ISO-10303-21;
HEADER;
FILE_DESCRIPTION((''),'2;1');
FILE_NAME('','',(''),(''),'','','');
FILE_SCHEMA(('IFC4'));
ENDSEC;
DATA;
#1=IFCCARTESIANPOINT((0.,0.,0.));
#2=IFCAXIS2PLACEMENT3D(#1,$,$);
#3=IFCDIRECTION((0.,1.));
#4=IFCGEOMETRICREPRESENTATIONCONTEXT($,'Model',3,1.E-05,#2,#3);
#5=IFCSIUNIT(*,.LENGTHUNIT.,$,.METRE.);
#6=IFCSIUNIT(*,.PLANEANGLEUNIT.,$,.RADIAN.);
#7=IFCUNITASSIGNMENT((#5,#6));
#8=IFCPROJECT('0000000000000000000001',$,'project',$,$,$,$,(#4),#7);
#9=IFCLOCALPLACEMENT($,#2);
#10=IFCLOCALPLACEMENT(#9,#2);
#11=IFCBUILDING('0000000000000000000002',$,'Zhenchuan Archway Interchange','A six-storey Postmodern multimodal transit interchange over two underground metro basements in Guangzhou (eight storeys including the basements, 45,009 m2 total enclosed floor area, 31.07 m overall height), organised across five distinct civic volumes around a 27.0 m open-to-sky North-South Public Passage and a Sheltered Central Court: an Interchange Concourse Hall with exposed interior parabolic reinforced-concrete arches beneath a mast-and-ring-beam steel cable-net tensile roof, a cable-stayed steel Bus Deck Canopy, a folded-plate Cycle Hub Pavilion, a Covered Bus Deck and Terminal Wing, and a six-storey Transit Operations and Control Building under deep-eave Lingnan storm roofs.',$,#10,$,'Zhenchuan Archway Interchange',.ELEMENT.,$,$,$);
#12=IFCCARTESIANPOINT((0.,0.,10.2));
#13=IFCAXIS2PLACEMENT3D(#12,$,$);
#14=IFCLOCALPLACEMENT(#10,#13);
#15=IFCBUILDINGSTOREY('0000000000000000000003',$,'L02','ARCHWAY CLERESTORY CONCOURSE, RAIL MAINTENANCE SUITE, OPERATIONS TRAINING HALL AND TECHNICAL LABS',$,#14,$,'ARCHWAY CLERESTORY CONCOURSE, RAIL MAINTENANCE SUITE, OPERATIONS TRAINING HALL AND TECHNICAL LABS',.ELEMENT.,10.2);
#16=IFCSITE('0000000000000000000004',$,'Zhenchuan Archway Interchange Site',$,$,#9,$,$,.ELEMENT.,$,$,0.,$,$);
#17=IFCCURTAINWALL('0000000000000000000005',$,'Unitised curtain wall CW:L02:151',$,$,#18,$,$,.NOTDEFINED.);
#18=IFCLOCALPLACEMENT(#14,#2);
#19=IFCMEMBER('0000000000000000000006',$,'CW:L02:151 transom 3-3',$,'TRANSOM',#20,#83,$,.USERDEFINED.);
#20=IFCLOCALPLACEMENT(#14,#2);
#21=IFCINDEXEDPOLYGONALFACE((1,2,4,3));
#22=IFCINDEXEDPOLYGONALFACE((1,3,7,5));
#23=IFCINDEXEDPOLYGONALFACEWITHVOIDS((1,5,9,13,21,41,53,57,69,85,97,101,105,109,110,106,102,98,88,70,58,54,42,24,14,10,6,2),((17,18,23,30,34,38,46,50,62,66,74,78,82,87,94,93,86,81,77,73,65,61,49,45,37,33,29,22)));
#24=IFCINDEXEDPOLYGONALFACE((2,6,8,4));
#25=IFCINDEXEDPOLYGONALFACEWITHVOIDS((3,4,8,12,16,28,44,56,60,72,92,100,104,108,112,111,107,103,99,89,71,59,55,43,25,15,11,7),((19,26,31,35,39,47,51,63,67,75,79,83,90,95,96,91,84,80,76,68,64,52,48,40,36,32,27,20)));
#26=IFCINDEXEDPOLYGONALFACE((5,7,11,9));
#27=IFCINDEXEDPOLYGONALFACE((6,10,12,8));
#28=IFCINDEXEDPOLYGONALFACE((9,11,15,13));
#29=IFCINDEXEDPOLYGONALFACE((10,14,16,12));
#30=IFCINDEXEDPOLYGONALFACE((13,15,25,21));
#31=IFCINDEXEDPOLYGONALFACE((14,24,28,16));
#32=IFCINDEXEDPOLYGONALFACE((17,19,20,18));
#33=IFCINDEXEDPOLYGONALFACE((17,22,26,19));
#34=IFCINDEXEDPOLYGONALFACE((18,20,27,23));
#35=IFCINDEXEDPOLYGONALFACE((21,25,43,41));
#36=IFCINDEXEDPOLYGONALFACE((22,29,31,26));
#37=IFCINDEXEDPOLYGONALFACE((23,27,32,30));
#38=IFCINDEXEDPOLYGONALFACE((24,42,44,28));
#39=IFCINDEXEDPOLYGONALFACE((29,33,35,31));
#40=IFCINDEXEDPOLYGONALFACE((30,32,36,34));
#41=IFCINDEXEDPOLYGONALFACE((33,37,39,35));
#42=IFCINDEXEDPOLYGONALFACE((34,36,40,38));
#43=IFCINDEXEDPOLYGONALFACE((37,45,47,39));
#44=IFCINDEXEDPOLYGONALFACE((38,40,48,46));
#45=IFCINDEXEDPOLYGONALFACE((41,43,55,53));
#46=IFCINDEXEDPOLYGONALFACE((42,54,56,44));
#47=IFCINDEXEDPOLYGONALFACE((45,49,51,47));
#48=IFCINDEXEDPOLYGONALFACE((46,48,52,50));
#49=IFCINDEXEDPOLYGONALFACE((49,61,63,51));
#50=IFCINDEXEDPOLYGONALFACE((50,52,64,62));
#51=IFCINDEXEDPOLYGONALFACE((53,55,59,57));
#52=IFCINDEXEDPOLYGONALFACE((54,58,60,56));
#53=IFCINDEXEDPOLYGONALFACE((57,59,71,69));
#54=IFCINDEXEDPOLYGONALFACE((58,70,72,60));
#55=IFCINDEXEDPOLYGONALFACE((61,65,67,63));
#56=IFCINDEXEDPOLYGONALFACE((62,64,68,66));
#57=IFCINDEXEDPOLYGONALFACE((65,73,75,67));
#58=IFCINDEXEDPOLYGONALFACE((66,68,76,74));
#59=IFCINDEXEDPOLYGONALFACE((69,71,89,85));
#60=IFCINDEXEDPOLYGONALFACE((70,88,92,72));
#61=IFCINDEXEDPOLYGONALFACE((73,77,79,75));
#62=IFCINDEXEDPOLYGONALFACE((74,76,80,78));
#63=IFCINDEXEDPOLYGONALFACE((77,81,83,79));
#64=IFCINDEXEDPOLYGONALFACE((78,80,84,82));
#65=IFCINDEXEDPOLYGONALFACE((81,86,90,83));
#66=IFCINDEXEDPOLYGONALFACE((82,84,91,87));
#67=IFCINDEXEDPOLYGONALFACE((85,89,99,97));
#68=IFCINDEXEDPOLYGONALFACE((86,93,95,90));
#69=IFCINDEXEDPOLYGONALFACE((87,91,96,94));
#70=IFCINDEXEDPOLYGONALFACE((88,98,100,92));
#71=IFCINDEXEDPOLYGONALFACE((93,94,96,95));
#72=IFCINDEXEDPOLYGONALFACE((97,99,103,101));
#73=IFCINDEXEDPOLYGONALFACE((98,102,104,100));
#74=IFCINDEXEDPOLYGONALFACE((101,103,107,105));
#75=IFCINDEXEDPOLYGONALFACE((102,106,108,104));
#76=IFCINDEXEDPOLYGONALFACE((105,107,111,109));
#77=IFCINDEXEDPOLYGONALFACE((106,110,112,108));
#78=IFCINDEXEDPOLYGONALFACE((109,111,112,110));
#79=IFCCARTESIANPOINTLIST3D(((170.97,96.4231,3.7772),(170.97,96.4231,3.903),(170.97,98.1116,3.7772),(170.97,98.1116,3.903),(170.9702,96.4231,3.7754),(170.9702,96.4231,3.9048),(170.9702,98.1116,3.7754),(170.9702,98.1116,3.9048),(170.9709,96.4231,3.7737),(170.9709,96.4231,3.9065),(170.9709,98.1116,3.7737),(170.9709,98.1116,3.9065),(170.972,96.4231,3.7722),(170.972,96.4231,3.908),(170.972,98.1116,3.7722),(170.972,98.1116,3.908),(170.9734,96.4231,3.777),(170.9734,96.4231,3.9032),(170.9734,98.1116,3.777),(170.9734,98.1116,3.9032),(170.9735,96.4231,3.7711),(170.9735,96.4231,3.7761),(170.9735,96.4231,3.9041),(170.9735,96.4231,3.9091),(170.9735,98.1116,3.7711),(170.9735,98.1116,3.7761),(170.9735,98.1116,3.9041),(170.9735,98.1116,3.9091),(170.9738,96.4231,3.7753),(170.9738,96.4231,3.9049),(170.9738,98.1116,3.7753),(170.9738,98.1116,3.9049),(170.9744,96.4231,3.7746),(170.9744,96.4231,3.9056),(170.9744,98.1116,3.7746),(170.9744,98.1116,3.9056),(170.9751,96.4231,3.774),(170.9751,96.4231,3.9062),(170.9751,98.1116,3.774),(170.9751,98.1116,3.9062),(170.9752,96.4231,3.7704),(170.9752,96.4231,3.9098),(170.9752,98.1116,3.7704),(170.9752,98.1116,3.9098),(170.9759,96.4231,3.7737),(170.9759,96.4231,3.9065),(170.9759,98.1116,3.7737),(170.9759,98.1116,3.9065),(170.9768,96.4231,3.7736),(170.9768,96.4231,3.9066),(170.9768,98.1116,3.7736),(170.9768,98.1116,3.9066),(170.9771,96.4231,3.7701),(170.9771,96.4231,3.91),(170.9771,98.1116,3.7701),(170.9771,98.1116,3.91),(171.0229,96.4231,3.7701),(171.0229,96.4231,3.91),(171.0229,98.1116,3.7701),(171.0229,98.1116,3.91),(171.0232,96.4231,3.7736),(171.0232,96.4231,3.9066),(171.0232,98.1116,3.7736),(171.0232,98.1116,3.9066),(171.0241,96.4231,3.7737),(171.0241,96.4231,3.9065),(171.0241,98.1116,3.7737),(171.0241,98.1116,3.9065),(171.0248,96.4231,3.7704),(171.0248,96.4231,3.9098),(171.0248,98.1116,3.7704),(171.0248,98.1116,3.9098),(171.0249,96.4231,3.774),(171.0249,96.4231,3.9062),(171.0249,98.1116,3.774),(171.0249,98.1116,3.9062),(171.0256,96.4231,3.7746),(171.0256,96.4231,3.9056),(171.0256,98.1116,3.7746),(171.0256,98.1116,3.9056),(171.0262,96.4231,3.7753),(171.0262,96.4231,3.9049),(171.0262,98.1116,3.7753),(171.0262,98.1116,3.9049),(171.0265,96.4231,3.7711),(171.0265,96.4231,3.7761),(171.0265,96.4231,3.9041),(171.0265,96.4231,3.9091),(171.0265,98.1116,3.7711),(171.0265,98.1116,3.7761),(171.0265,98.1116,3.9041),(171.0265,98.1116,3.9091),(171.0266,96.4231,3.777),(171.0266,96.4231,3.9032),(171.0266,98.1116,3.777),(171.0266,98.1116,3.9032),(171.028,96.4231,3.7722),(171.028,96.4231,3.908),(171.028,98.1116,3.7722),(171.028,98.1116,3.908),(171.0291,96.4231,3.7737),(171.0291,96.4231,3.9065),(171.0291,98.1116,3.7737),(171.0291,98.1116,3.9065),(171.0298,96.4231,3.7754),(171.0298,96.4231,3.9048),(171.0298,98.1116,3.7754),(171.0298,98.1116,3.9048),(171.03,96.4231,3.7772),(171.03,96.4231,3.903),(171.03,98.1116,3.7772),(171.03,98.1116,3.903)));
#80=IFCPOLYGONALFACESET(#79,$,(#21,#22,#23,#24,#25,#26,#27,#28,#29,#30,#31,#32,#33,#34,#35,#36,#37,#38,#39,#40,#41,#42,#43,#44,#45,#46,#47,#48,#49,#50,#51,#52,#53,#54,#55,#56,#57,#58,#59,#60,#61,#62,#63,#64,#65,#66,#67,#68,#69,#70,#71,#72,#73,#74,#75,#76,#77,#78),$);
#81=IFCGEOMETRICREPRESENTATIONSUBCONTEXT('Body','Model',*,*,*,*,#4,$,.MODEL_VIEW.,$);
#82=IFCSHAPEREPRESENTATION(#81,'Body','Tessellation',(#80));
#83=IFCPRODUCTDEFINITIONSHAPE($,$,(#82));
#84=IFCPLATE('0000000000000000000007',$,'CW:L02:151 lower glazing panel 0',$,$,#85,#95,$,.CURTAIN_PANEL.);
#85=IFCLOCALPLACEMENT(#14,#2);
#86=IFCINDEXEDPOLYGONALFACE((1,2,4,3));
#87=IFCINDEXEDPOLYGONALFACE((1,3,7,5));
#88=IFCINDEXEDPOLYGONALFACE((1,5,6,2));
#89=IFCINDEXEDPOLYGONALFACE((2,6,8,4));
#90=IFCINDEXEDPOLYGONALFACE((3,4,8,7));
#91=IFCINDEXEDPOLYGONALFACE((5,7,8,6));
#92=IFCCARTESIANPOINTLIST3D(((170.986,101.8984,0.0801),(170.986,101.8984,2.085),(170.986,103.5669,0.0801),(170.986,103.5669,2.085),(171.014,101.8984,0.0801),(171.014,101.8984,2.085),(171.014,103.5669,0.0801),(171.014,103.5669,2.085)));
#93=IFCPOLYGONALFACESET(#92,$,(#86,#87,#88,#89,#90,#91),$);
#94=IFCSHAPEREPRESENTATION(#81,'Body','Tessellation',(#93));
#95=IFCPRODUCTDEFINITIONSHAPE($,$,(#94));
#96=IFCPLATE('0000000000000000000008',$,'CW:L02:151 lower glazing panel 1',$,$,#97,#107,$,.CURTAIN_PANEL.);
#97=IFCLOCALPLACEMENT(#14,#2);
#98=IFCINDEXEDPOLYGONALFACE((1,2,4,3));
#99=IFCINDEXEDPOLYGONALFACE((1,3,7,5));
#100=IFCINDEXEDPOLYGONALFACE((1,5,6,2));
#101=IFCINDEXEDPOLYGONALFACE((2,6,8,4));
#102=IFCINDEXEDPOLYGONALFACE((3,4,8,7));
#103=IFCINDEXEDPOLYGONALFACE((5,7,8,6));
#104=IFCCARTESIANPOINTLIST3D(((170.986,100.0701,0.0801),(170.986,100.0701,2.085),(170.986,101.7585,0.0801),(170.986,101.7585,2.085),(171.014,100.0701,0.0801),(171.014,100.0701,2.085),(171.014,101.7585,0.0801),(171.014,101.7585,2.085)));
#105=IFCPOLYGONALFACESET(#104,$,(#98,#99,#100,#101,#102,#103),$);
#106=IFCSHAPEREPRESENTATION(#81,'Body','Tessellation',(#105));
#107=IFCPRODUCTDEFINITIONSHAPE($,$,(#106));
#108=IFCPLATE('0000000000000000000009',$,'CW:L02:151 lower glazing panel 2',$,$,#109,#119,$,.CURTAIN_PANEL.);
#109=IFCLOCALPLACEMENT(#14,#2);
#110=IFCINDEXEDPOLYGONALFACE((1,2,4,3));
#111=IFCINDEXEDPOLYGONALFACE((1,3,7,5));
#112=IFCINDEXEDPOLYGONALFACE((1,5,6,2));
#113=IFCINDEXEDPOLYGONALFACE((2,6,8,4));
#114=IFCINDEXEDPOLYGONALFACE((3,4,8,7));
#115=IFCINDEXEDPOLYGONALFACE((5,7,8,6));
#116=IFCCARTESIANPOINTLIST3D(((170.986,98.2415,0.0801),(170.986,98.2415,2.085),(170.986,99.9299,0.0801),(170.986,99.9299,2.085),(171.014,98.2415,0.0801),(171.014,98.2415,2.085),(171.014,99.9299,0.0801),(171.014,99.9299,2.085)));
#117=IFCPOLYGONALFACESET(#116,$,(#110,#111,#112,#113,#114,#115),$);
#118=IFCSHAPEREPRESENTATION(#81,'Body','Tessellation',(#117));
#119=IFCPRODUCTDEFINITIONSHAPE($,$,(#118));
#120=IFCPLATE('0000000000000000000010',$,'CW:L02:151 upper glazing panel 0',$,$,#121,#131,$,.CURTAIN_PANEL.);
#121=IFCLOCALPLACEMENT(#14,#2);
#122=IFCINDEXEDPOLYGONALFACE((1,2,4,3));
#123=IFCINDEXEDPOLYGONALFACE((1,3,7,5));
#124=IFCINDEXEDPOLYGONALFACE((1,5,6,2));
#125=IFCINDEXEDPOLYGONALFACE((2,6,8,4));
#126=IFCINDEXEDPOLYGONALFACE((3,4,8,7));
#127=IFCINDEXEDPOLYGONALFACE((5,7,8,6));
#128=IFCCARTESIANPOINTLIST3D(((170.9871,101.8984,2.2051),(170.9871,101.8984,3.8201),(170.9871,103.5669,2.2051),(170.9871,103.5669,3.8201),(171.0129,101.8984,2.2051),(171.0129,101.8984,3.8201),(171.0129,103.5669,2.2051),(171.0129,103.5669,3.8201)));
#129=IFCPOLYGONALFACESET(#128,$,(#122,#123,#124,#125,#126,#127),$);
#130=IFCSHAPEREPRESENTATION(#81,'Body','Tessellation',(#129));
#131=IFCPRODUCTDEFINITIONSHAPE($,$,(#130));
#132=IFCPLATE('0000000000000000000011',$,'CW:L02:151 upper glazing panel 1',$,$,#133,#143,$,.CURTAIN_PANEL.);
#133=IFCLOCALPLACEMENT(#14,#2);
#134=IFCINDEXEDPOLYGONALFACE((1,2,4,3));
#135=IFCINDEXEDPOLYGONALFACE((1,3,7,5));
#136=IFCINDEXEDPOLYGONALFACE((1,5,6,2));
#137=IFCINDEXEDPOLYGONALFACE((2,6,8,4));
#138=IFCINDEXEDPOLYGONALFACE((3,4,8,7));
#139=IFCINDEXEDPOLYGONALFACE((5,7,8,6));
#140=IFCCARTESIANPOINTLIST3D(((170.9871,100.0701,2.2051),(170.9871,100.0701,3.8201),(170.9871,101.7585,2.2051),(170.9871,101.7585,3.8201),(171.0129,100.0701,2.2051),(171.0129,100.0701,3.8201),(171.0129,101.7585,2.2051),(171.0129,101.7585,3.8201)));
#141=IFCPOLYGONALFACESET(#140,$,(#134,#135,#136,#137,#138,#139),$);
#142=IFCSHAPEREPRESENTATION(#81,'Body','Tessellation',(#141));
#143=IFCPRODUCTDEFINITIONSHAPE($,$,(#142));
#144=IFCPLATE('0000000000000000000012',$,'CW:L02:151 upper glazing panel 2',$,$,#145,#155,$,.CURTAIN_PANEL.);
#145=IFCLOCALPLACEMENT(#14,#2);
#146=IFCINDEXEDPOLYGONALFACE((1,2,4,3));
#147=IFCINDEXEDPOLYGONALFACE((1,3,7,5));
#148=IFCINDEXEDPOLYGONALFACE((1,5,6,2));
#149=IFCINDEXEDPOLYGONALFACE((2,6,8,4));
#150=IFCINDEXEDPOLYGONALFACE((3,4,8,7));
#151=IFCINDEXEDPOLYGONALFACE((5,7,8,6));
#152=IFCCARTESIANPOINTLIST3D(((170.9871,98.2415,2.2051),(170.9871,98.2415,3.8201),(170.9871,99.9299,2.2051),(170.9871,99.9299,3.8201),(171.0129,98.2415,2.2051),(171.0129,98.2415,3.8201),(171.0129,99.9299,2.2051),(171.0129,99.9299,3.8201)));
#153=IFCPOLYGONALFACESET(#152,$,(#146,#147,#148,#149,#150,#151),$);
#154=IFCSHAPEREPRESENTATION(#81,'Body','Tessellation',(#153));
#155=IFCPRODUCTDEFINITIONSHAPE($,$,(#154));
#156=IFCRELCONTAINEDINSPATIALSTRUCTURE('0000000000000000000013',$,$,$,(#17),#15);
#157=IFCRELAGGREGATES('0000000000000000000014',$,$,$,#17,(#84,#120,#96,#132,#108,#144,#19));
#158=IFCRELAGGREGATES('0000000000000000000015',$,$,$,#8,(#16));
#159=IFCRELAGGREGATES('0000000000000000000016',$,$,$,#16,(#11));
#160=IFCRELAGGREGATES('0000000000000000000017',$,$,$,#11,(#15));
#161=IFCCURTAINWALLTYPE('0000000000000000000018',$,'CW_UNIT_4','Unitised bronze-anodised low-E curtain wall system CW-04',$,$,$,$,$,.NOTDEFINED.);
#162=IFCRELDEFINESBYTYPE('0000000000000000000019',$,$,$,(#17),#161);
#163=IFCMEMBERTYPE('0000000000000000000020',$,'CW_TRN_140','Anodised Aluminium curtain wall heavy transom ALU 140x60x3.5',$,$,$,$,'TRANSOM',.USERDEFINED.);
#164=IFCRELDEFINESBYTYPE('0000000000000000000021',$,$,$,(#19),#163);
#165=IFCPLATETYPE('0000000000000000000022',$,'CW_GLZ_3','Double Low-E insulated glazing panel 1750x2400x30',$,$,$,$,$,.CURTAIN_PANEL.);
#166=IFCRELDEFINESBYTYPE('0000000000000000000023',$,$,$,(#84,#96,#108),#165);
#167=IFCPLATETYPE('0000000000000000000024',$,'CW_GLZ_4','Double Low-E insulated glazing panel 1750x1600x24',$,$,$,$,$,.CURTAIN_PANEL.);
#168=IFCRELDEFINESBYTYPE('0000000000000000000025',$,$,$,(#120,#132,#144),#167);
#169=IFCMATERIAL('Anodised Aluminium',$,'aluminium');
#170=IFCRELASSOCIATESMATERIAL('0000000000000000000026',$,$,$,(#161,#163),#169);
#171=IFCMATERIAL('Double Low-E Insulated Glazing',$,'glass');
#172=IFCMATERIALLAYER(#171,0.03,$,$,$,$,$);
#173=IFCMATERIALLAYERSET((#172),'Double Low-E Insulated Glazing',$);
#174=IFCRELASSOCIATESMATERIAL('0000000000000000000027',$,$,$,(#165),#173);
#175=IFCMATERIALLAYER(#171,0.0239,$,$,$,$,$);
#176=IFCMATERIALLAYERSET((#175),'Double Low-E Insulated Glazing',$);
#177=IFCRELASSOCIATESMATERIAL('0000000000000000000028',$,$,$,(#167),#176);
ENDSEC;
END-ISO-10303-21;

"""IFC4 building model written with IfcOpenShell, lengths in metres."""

from ifc_helpers import new_model, si_unit, direction, frame, origin, origin_2d, place, context, subcontext, project, spatial, rectangle, hollow_rectangle, extrude, material, layer, layer_set, material_profile, profile_set, type_object, element, aggregate, save


model = new_model("IFC4")

# Units and contexts
model_context = context("Model", 3, precision=1e-05, world=origin(), true_north=direction((0.0, 1.0)))
body_context = subcontext(model_context, "Body", "Model", "MODEL_VIEW")
ifc_project = project(units=[si_unit("LENGTHUNIT", "METRE"), si_unit("PLANEANGLEUNIT", "RADIAN")], contexts=[model_context])

# Site, building, storey
site_placement = place(None, origin())
site = spatial("IfcSite", under=ifc_project, at=site_placement, Name="Zhenchuan Archway Interchange Site", CompositionType="ELEMENT", RefElevation=0.0)
building_placement = place(site_placement, origin())
building = spatial("IfcBuilding", under=site, at=building_placement, Name="Zhenchuan Archway Interchange", Description="A six-storey Postmodern multimodal transit interchange over two underground metro basements in Guangzhou (eight storeys including the basements, 45,009 m2 total enclosed floor area, 31.07 m overall height), organised across five distinct civic volumes around a 27.0 m open-to-sky North-South Public Passage and a Sheltered Central Court: an Interchange Concourse Hall with exposed interior parabolic reinforced-concrete arches beneath a mast-and-ring-beam steel cable-net tensile roof, a cable-stayed steel Bus Deck Canopy, a folded-plate Cycle Hub Pavilion, a Covered Bus Deck and Terminal Wing, and a six-storey Transit Operations and Control Building under deep-eave Lingnan storm roofs.", LongName="Zhenchuan Archway Interchange", CompositionType="ELEMENT")
storey_placement = place(building_placement, frame((0.0, 0.0, 10.2)))
storey = spatial("IfcBuildingStorey", under=building, at=storey_placement, Name="L02", Description="ARCHWAY CLERESTORY CONCOURSE, RAIL MAINTENANCE SUITE, OPERATIONS TRAINING HALL AND TECHNICAL LABS", LongName="ARCHWAY CLERESTORY CONCOURSE, RAIL MAINTENANCE SUITE, OPERATIONS TRAINING HALL AND TECHNICAL LABS", CompositionType="ELEMENT", Elevation=10.2)

# Curtain wall, member, plates
ifc_material_1 = material(Name="Anodised Aluminium", Category="aluminium")
curtain_wall_type = type_object("IfcCurtainWallType", Name="CW_UNIT_4", Description="Unitised bronze-anodised low-E curtain wall system CW-04", PredefinedType="NOTDEFINED", material=ifc_material_1)
curtain_wall_placement = place(storey_placement, origin())
curtain_wall = element("IfcCurtainWall", 1, at=curtain_wall_placement, inside=storey, type_object=curtain_wall_type, Name="Unitised curtain wall CW:L02:151", PredefinedType="NOTDEFINED")
ifc_material_profile_1 = material_profile(ifc_material_1, hollow_rectangle(XDim=0.0601, YDim=0.1399, WallThickness=0.0034, InnerFilletRadius=0.0034, OuterFilletRadius=0.0071, at=origin_2d()), Name="ALU 140x60x3.5")
ifc_profile_set_1 = profile_set([ifc_material_profile_1], Name="Anodised Aluminium")
member_type_1 = type_object("IfcMemberType", Name="CW_TRN_140", Description="Anodised Aluminium curtain wall heavy transom ALU 140x60x3.5", ElementType="TRANSOM", PredefinedType="USERDEFINED", material=ifc_profile_set_1)
member_1_placement = place(storey_placement, frame((171.0, 98.1116, 3.8401), z_axis=(0.0, -1.0, 0.0), x_axis=(1.0, 0.0, 0.0)))
member_1 = element("IfcMember", 2, at=member_1_placement, type_object=member_type_1, Name="CW:L02:151 transom 3-3", ObjectType="TRANSOM", PredefinedType="USERDEFINED", context=body_context, shape_type="SweptSolid", body=[
    extrude(hollow_rectangle(XDim=0.0601, YDim=0.1399, WallThickness=0.0034, InnerFilletRadius=0.0034, OuterFilletRadius=0.0071, at=origin_2d()), origin(), (0.0, 0.0, 1.0), 1.6885),
])
ifc_material_2 = material(Name="Double Low-E Insulated Glazing", Category="glass")
ifc_layer_1 = layer(ifc_material_2, 0.03)
ifc_layer_set_1 = layer_set([ifc_layer_1], Name="Double Low-E Insulated Glazing")
plate_type_1 = type_object("IfcPlateType", Name="CW_GLZ_3", Description="Double Low-E insulated glazing panel 1750x2400x30", PredefinedType="CURTAIN_PANEL", material=ifc_layer_set_1)
plate_1_placement = place(storey_placement, frame((171.0, 102.7327, 0.0801), z_axis=(0.0, 0.0, 1.0), x_axis=(0.0, -1.0, 0.0)))
plate_1 = element("IfcPlate", 3, at=plate_1_placement, type_object=plate_type_1, Name="CW:L02:151 lower glazing panel 0", PredefinedType="CURTAIN_PANEL", context=body_context, shape_type="SweptSolid", body=[
    extrude(rectangle(XDim=1.6685, YDim=0.0281, at=origin_2d()), origin(), (0.0, 0.0, 1.0), 2.0049),
])
plate_2_placement = place(storey_placement, frame((171.0, 100.9143, 0.0801), z_axis=(0.0, 0.0, 1.0), x_axis=(0.0, -1.0, 0.0)))
plate_2 = element("IfcPlate", 4, at=plate_2_placement, type_object=plate_type_1, Name="CW:L02:151 lower glazing panel 1", PredefinedType="CURTAIN_PANEL", context=body_context, shape_type="SweptSolid", body=[
    extrude(rectangle(XDim=1.6885, YDim=0.0281, at=origin_2d()), origin(), (0.0, 0.0, 1.0), 2.0049),
])
plate_3_placement = place(storey_placement, frame((171.0, 99.0857, 0.0801), z_axis=(0.0, 0.0, 1.0), x_axis=(0.0, -1.0, 0.0)))
plate_3 = element("IfcPlate", 5, at=plate_3_placement, type_object=plate_type_1, Name="CW:L02:151 lower glazing panel 2", PredefinedType="CURTAIN_PANEL", context=body_context, shape_type="SweptSolid", body=[
    extrude(rectangle(XDim=1.6885, YDim=0.0281, at=origin_2d()), origin(), (0.0, 0.0, 1.0), 2.0049),
])
ifc_layer_2 = layer(ifc_material_2, 0.0239)
ifc_layer_set_2 = layer_set([ifc_layer_2], Name="Double Low-E Insulated Glazing")
plate_type_2 = type_object("IfcPlateType", Name="CW_GLZ_4", Description="Double Low-E insulated glazing panel 1750x1600x24", PredefinedType="CURTAIN_PANEL", material=ifc_layer_set_2)
plate_4_placement = place(storey_placement, frame((171.0, 102.7327, 2.2051), z_axis=(0.0, 0.0, 1.0), x_axis=(0.0, -1.0, 0.0)))
plate_4 = element("IfcPlate", 6, at=plate_4_placement, type_object=plate_type_2, Name="CW:L02:151 upper glazing panel 0", PredefinedType="CURTAIN_PANEL", context=body_context, shape_type="SweptSolid", body=[
    extrude(rectangle(XDim=1.6685, YDim=0.0259, at=origin_2d()), origin(), (0.0, 0.0, 1.0), 1.615),
])
plate_5_placement = place(storey_placement, frame((171.0, 100.9143, 2.2051), z_axis=(0.0, 0.0, 1.0), x_axis=(0.0, -1.0, 0.0)))
plate_5 = element("IfcPlate", 7, at=plate_5_placement, type_object=plate_type_2, Name="CW:L02:151 upper glazing panel 1", PredefinedType="CURTAIN_PANEL", context=body_context, shape_type="SweptSolid", body=[
    extrude(rectangle(XDim=1.6885, YDim=0.0259, at=origin_2d()), origin(), (0.0, 0.0, 1.0), 1.615),
])
plate_6_placement = place(storey_placement, frame((171.0, 99.0857, 2.2051), z_axis=(0.0, 0.0, 1.0), x_axis=(0.0, -1.0, 0.0)))
plate_6 = element("IfcPlate", 8, at=plate_6_placement, type_object=plate_type_2, Name="CW:L02:151 upper glazing panel 2", PredefinedType="CURTAIN_PANEL", context=body_context, shape_type="SweptSolid", body=[
    extrude(rectangle(XDim=1.6885, YDim=0.0259, at=origin_2d()), origin(), (0.0, 0.0, 1.0), 1.615),
])
aggregate(curtain_wall, [plate_1, plate_4, plate_2, plate_5, plate_3, plate_6, member_1])

save(model, "model.ifc")
